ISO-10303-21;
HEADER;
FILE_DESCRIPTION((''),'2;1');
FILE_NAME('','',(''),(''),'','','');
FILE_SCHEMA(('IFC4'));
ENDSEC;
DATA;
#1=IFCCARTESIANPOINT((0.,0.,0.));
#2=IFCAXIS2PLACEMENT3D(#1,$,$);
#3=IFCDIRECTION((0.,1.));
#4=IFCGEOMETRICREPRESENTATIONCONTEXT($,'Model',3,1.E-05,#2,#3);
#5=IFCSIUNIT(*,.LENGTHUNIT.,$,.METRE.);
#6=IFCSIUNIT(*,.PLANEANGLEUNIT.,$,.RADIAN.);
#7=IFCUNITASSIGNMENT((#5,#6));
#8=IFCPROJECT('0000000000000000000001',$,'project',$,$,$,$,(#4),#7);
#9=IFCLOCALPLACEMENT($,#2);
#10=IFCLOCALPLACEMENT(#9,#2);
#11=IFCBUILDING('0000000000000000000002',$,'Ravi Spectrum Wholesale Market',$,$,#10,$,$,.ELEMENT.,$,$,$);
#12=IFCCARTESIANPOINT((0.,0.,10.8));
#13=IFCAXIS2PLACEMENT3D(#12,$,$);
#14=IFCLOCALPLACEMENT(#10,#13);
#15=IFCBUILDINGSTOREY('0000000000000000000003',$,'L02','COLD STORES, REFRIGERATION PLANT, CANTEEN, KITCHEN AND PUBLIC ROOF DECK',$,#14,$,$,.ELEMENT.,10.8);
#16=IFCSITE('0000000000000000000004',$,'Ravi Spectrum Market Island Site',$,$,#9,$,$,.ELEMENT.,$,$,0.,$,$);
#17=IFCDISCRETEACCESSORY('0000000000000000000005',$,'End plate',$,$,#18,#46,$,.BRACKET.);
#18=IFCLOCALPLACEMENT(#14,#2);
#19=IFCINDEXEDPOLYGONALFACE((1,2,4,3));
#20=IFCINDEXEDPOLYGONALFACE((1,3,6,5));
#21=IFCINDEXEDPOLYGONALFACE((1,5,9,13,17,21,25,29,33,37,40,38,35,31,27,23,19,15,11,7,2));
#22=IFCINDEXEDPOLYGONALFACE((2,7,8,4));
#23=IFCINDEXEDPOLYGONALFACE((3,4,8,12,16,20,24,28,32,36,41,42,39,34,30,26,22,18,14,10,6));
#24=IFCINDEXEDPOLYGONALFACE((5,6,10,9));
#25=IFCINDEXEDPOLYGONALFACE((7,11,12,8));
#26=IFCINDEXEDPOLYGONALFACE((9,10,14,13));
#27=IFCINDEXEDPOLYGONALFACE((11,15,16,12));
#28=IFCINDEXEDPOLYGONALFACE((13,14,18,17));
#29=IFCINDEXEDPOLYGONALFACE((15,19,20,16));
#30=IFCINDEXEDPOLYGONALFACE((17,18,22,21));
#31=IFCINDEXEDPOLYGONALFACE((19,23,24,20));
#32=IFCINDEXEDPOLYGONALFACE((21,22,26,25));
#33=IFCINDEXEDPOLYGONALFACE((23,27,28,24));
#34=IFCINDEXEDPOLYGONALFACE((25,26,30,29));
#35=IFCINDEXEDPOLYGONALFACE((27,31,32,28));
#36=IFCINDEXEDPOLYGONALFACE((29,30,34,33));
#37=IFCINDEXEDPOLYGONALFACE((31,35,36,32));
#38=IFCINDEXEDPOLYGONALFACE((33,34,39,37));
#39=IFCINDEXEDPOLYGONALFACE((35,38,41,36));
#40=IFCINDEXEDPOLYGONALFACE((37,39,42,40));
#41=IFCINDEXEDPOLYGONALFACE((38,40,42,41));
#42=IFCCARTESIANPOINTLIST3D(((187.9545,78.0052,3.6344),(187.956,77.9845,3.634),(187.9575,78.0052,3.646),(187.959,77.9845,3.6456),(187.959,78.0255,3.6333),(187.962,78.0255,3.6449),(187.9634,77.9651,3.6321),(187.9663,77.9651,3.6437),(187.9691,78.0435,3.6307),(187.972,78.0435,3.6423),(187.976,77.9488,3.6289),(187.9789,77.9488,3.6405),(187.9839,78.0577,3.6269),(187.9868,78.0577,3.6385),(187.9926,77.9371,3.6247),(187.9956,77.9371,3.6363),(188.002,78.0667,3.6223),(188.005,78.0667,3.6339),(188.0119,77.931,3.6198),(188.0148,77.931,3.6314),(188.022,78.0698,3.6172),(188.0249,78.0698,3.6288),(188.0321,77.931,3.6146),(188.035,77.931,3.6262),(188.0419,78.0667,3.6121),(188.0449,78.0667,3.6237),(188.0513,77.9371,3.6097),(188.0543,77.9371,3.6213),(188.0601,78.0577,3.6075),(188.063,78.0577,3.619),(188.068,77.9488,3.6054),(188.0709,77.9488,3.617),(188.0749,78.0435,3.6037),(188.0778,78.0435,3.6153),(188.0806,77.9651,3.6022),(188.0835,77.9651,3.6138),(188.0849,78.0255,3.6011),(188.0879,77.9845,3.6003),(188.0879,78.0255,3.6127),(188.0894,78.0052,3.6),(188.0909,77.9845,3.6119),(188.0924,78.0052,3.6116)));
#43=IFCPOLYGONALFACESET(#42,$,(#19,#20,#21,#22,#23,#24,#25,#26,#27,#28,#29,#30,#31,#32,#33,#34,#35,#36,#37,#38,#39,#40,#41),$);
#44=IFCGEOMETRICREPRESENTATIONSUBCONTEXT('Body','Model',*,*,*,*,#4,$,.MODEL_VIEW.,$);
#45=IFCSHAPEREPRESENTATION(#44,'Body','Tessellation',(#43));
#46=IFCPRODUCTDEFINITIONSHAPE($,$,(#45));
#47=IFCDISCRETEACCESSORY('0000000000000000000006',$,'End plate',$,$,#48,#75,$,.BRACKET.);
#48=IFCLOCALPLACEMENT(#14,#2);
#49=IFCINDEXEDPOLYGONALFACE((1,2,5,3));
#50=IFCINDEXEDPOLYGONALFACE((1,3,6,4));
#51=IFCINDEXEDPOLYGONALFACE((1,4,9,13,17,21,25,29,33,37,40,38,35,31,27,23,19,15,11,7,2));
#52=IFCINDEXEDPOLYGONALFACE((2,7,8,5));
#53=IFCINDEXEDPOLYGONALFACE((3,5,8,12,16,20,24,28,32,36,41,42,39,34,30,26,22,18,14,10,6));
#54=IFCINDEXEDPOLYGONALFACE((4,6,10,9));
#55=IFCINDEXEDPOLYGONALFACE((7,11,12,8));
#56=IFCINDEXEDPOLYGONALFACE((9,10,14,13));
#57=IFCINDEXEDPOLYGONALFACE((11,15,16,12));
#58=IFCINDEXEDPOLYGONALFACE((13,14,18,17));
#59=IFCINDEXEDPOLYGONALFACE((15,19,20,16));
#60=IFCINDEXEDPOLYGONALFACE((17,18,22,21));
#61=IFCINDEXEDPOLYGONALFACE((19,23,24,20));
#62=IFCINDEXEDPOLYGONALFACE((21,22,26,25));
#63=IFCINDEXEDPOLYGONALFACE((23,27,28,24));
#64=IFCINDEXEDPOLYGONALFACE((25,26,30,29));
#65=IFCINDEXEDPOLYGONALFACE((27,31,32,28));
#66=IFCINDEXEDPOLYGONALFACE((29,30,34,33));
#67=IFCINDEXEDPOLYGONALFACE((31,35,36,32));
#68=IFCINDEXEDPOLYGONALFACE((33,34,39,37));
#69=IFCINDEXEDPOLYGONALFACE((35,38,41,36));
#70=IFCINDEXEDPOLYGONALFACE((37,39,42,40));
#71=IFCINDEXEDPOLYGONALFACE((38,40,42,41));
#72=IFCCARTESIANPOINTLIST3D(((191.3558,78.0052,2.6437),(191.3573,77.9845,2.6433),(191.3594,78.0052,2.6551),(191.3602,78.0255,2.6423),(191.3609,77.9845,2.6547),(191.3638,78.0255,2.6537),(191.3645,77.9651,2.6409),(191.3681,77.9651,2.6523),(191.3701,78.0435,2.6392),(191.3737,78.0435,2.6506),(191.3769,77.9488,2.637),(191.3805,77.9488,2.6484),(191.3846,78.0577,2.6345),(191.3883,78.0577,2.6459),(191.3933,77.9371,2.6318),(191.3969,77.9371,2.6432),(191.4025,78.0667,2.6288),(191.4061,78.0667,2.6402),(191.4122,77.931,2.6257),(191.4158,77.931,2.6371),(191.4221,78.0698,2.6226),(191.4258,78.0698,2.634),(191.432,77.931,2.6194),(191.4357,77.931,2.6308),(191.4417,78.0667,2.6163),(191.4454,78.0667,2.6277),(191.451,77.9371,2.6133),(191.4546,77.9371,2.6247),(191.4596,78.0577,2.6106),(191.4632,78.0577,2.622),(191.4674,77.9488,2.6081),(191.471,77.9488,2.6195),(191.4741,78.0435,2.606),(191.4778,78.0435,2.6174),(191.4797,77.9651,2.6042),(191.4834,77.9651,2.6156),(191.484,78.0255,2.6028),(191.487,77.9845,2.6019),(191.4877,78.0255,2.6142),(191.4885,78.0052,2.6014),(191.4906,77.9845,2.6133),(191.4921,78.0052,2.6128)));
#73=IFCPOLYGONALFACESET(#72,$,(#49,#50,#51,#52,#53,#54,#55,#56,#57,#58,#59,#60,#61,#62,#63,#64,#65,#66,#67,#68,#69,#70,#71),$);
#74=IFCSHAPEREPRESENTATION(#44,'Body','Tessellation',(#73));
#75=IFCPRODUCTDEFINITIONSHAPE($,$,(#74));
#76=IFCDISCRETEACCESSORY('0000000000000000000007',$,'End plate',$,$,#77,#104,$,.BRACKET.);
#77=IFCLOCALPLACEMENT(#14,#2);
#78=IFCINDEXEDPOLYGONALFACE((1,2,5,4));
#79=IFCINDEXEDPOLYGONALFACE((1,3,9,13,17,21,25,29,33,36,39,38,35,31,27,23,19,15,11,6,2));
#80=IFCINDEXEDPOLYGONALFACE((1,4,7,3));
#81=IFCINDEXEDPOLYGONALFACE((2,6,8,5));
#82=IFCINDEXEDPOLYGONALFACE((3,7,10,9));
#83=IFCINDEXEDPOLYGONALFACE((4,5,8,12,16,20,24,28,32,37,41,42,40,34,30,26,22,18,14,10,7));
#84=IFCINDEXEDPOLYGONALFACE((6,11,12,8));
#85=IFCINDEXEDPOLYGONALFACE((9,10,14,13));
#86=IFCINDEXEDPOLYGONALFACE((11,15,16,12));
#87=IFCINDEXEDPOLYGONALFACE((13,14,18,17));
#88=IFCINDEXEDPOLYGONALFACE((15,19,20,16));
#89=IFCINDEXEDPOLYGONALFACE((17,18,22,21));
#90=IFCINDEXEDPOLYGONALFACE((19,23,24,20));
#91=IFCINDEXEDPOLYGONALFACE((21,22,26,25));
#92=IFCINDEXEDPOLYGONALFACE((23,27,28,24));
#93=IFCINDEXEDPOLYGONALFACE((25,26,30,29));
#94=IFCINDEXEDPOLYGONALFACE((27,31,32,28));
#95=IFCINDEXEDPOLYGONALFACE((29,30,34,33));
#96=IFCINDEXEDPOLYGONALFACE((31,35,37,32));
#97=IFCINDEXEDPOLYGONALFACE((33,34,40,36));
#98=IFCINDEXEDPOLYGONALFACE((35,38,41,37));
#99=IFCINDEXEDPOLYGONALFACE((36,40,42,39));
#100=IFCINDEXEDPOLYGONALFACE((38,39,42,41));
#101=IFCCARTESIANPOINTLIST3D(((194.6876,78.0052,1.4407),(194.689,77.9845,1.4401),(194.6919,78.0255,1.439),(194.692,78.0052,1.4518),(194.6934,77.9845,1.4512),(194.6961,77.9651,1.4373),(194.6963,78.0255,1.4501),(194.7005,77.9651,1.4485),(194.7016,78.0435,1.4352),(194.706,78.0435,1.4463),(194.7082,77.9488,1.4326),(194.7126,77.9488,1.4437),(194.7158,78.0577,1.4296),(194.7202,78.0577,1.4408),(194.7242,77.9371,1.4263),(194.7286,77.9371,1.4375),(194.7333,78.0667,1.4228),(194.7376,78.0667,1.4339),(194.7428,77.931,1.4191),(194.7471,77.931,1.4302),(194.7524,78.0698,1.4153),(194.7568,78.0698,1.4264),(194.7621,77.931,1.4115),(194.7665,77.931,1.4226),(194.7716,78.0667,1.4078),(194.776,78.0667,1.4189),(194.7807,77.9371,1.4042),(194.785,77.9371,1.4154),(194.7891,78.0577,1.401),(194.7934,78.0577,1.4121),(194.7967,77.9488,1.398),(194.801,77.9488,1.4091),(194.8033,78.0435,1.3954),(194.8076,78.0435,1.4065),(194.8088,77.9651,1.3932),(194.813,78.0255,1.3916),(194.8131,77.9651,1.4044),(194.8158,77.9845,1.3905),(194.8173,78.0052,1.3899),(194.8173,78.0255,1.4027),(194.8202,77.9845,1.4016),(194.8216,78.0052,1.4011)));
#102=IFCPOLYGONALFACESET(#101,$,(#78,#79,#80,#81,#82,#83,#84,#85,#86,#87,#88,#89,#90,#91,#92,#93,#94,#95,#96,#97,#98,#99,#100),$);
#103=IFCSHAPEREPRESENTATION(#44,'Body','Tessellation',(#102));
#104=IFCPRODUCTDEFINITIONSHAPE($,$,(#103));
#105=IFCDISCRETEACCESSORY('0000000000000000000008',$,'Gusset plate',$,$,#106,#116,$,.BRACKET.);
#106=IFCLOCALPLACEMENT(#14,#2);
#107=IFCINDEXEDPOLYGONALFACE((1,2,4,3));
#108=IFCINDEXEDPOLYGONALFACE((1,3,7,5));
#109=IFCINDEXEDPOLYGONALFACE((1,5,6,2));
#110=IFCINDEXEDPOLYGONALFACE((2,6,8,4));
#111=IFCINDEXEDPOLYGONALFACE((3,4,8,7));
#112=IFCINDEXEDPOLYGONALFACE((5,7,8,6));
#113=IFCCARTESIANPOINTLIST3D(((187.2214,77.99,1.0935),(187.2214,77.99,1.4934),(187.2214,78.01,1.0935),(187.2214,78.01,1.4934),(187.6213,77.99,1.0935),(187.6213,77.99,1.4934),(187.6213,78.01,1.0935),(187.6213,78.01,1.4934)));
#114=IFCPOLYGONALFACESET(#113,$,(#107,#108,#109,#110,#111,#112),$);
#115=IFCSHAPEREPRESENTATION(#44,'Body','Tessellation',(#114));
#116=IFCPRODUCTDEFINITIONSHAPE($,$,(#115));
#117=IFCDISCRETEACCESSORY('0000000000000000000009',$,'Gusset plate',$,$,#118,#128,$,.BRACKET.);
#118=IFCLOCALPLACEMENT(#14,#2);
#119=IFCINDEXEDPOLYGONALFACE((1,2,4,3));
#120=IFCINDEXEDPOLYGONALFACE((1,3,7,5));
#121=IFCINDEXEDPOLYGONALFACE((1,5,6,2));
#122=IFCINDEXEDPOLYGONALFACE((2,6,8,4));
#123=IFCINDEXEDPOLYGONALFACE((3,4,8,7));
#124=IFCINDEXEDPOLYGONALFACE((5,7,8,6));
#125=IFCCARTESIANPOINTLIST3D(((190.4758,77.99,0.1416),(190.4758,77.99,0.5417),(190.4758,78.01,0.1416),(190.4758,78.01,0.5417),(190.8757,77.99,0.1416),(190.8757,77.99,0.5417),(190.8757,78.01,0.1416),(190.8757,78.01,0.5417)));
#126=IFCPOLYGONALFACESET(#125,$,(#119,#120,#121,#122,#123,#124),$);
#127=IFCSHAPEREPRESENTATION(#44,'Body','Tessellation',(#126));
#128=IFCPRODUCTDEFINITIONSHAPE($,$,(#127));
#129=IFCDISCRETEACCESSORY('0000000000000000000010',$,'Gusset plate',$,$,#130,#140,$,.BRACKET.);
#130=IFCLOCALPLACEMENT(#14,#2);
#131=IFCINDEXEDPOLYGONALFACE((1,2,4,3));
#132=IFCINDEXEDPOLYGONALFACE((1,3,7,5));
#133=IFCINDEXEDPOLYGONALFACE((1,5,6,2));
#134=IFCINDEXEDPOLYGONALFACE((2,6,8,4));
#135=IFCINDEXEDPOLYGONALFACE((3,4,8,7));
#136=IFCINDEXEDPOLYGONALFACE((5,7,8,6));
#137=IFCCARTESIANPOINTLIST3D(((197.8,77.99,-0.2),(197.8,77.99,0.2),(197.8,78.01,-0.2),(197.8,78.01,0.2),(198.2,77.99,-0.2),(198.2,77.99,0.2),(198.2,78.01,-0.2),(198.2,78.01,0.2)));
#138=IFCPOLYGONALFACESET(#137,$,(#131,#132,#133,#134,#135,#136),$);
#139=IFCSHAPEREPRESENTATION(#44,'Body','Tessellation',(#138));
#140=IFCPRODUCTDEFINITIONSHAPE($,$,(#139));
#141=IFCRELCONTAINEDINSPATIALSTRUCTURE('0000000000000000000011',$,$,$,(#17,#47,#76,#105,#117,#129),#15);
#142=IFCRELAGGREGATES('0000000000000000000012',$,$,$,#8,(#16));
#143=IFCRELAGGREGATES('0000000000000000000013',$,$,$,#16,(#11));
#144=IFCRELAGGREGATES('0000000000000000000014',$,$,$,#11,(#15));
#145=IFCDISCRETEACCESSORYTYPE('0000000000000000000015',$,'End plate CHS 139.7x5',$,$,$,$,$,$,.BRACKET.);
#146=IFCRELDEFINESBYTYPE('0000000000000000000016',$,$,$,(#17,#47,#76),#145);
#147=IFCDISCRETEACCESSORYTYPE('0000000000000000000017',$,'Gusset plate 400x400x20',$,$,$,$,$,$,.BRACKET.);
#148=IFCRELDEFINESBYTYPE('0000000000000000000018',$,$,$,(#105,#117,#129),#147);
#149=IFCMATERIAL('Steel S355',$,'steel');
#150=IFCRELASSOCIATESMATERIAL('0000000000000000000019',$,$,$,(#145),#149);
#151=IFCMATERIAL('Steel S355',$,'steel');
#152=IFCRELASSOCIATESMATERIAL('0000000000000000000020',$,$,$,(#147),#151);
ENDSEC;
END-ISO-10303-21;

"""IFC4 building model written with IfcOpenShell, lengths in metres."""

from ifc_helpers import new_model, si_unit, direction, frame, origin, origin_2d, place, context, subcontext, project, spatial, rectangle, circle, extrude, material, material_profile, profile_set, type_object, element, save


model = new_model("IFC4")

# Units and contexts
model_context = context("Model", 3, precision=1e-05, world=origin(), true_north=direction((0.0, 1.0)))
body_context = subcontext(model_context, "Body", "Model", "MODEL_VIEW")
ifc_project = project(units=[si_unit("LENGTHUNIT", "METRE"), si_unit("PLANEANGLEUNIT", "RADIAN")], contexts=[model_context])

# Site, building, storey
site_placement = place(None, origin())
site = spatial("IfcSite", under=ifc_project, at=site_placement, Name="Ravi Spectrum Market Island Site", CompositionType="ELEMENT", RefElevation=0.0)
building_placement = place(site_placement, origin())
building = spatial("IfcBuilding", under=site, at=building_placement, Name="Ravi Spectrum Wholesale Market", CompositionType="ELEMENT")
storey_placement = place(building_placement, frame((0.0, 0.0, 10.8)))
storey = spatial("IfcBuildingStorey", under=building, at=storey_placement, Name="L02", Description="COLD STORES, REFRIGERATION PLANT, CANTEEN, KITCHEN AND PUBLIC ROOF DECK", CompositionType="ELEMENT", Elevation=10.8)

# Discrete accessories
ifc_material_1 = material(Name="Steel S355", Category="steel")
ifc_material_profile_1 = material_profile(ifc_material_1, circle(Radius=0.0698, at=origin_2d()))
ifc_profile_set_1 = profile_set([ifc_material_profile_1], Name="Steel S355")
discrete_accessory_type_1 = type_object("IfcDiscreteAccessoryType", Name="End plate CHS 139.7x5", PredefinedType="BRACKET", material=ifc_profile_set_1)
for number, where, z_axis, x_axis, name in (
    (1, (188.022, 78.0, 3.6172), (0.247383, 0.0, 0.968918), (0.0, 1.0, 0.0), "End plate"),
    (2, (191.4221, 78.0, 2.6226), (0.30404, 0.0, 0.952659), (0.0, 1.0, 0.0), "End plate"),
    (3, (194.7524, 78.0, 1.4153), (0.364399, 0.0, 0.931243), (0.0, 1.0, 0.0), "End plate"),
):
    element("IfcDiscreteAccessory", number, at=place(storey_placement, frame(where, z_axis=z_axis, x_axis=x_axis)), inside=storey, type_object=discrete_accessory_type_1, Name=name, PredefinedType="BRACKET", context=body_context, shape_type="SweptSolid", body=[
        extrude(circle(Radius=0.0698, at=origin_2d()), origin(), (0.0, 0.0, 1.0), 0.012),
    ])
ifc_material_2 = material(Name="Steel S355", Category="steel")
ifc_material_profile_2 = material_profile(ifc_material_2, rectangle(XDim=0.3999, YDim=0.02, at=origin_2d()))
ifc_profile_set_2 = profile_set([ifc_material_profile_2], Name="Steel S355")
discrete_accessory_type_2 = type_object("IfcDiscreteAccessoryType", Name="Gusset plate 400x400x20", PredefinedType="BRACKET", material=ifc_profile_set_2)
discrete_accessory_1_placement = place(storey_placement, frame((187.4214, 78.0, 1.0935), z_axis=(0.0, 0.0, 1.0), x_axis=(-1.0, 0.0, 0.0)))
element("IfcDiscreteAccessory", 4, at=discrete_accessory_1_placement, inside=storey, type_object=discrete_accessory_type_2, Name="Gusset plate", PredefinedType="BRACKET", context=body_context, shape_type="SweptSolid", body=[
    extrude(rectangle(XDim=0.3999, YDim=0.02, at=origin_2d()), origin(), (0.0, 0.0, 1.0), 0.3999),
])
discrete_accessory_2_placement = place(storey_placement, frame((190.6758, 78.0, 0.1416), z_axis=(0.0, 0.0, 1.0), x_axis=(-1.0, 0.0, 0.0)))
element("IfcDiscreteAccessory", 5, at=discrete_accessory_2_placement, inside=storey, type_object=discrete_accessory_type_2, Name="Gusset plate", PredefinedType="BRACKET", context=body_context, shape_type="SweptSolid", body=[
    extrude(rectangle(XDim=0.3999, YDim=0.02, at=origin_2d()), origin(), (0.0, 0.0, 1.0), 0.4001),
])
discrete_accessory_3_placement = place(storey_placement, frame((198.0, 78.0, -0.2), z_axis=(0.0, 0.0, 1.0), x_axis=(1.0, 0.0, 0.0)))
element("IfcDiscreteAccessory", 6, at=discrete_accessory_3_placement, inside=storey, type_object=discrete_accessory_type_2, Name="Gusset plate", PredefinedType="BRACKET", context=body_context, shape_type="SweptSolid", body=[
    extrude(rectangle(XDim=0.3999, YDim=0.02, at=origin_2d()), origin(), (0.0, 0.0, 1.0), 0.3999),
])

save(model, "model.ifc")
